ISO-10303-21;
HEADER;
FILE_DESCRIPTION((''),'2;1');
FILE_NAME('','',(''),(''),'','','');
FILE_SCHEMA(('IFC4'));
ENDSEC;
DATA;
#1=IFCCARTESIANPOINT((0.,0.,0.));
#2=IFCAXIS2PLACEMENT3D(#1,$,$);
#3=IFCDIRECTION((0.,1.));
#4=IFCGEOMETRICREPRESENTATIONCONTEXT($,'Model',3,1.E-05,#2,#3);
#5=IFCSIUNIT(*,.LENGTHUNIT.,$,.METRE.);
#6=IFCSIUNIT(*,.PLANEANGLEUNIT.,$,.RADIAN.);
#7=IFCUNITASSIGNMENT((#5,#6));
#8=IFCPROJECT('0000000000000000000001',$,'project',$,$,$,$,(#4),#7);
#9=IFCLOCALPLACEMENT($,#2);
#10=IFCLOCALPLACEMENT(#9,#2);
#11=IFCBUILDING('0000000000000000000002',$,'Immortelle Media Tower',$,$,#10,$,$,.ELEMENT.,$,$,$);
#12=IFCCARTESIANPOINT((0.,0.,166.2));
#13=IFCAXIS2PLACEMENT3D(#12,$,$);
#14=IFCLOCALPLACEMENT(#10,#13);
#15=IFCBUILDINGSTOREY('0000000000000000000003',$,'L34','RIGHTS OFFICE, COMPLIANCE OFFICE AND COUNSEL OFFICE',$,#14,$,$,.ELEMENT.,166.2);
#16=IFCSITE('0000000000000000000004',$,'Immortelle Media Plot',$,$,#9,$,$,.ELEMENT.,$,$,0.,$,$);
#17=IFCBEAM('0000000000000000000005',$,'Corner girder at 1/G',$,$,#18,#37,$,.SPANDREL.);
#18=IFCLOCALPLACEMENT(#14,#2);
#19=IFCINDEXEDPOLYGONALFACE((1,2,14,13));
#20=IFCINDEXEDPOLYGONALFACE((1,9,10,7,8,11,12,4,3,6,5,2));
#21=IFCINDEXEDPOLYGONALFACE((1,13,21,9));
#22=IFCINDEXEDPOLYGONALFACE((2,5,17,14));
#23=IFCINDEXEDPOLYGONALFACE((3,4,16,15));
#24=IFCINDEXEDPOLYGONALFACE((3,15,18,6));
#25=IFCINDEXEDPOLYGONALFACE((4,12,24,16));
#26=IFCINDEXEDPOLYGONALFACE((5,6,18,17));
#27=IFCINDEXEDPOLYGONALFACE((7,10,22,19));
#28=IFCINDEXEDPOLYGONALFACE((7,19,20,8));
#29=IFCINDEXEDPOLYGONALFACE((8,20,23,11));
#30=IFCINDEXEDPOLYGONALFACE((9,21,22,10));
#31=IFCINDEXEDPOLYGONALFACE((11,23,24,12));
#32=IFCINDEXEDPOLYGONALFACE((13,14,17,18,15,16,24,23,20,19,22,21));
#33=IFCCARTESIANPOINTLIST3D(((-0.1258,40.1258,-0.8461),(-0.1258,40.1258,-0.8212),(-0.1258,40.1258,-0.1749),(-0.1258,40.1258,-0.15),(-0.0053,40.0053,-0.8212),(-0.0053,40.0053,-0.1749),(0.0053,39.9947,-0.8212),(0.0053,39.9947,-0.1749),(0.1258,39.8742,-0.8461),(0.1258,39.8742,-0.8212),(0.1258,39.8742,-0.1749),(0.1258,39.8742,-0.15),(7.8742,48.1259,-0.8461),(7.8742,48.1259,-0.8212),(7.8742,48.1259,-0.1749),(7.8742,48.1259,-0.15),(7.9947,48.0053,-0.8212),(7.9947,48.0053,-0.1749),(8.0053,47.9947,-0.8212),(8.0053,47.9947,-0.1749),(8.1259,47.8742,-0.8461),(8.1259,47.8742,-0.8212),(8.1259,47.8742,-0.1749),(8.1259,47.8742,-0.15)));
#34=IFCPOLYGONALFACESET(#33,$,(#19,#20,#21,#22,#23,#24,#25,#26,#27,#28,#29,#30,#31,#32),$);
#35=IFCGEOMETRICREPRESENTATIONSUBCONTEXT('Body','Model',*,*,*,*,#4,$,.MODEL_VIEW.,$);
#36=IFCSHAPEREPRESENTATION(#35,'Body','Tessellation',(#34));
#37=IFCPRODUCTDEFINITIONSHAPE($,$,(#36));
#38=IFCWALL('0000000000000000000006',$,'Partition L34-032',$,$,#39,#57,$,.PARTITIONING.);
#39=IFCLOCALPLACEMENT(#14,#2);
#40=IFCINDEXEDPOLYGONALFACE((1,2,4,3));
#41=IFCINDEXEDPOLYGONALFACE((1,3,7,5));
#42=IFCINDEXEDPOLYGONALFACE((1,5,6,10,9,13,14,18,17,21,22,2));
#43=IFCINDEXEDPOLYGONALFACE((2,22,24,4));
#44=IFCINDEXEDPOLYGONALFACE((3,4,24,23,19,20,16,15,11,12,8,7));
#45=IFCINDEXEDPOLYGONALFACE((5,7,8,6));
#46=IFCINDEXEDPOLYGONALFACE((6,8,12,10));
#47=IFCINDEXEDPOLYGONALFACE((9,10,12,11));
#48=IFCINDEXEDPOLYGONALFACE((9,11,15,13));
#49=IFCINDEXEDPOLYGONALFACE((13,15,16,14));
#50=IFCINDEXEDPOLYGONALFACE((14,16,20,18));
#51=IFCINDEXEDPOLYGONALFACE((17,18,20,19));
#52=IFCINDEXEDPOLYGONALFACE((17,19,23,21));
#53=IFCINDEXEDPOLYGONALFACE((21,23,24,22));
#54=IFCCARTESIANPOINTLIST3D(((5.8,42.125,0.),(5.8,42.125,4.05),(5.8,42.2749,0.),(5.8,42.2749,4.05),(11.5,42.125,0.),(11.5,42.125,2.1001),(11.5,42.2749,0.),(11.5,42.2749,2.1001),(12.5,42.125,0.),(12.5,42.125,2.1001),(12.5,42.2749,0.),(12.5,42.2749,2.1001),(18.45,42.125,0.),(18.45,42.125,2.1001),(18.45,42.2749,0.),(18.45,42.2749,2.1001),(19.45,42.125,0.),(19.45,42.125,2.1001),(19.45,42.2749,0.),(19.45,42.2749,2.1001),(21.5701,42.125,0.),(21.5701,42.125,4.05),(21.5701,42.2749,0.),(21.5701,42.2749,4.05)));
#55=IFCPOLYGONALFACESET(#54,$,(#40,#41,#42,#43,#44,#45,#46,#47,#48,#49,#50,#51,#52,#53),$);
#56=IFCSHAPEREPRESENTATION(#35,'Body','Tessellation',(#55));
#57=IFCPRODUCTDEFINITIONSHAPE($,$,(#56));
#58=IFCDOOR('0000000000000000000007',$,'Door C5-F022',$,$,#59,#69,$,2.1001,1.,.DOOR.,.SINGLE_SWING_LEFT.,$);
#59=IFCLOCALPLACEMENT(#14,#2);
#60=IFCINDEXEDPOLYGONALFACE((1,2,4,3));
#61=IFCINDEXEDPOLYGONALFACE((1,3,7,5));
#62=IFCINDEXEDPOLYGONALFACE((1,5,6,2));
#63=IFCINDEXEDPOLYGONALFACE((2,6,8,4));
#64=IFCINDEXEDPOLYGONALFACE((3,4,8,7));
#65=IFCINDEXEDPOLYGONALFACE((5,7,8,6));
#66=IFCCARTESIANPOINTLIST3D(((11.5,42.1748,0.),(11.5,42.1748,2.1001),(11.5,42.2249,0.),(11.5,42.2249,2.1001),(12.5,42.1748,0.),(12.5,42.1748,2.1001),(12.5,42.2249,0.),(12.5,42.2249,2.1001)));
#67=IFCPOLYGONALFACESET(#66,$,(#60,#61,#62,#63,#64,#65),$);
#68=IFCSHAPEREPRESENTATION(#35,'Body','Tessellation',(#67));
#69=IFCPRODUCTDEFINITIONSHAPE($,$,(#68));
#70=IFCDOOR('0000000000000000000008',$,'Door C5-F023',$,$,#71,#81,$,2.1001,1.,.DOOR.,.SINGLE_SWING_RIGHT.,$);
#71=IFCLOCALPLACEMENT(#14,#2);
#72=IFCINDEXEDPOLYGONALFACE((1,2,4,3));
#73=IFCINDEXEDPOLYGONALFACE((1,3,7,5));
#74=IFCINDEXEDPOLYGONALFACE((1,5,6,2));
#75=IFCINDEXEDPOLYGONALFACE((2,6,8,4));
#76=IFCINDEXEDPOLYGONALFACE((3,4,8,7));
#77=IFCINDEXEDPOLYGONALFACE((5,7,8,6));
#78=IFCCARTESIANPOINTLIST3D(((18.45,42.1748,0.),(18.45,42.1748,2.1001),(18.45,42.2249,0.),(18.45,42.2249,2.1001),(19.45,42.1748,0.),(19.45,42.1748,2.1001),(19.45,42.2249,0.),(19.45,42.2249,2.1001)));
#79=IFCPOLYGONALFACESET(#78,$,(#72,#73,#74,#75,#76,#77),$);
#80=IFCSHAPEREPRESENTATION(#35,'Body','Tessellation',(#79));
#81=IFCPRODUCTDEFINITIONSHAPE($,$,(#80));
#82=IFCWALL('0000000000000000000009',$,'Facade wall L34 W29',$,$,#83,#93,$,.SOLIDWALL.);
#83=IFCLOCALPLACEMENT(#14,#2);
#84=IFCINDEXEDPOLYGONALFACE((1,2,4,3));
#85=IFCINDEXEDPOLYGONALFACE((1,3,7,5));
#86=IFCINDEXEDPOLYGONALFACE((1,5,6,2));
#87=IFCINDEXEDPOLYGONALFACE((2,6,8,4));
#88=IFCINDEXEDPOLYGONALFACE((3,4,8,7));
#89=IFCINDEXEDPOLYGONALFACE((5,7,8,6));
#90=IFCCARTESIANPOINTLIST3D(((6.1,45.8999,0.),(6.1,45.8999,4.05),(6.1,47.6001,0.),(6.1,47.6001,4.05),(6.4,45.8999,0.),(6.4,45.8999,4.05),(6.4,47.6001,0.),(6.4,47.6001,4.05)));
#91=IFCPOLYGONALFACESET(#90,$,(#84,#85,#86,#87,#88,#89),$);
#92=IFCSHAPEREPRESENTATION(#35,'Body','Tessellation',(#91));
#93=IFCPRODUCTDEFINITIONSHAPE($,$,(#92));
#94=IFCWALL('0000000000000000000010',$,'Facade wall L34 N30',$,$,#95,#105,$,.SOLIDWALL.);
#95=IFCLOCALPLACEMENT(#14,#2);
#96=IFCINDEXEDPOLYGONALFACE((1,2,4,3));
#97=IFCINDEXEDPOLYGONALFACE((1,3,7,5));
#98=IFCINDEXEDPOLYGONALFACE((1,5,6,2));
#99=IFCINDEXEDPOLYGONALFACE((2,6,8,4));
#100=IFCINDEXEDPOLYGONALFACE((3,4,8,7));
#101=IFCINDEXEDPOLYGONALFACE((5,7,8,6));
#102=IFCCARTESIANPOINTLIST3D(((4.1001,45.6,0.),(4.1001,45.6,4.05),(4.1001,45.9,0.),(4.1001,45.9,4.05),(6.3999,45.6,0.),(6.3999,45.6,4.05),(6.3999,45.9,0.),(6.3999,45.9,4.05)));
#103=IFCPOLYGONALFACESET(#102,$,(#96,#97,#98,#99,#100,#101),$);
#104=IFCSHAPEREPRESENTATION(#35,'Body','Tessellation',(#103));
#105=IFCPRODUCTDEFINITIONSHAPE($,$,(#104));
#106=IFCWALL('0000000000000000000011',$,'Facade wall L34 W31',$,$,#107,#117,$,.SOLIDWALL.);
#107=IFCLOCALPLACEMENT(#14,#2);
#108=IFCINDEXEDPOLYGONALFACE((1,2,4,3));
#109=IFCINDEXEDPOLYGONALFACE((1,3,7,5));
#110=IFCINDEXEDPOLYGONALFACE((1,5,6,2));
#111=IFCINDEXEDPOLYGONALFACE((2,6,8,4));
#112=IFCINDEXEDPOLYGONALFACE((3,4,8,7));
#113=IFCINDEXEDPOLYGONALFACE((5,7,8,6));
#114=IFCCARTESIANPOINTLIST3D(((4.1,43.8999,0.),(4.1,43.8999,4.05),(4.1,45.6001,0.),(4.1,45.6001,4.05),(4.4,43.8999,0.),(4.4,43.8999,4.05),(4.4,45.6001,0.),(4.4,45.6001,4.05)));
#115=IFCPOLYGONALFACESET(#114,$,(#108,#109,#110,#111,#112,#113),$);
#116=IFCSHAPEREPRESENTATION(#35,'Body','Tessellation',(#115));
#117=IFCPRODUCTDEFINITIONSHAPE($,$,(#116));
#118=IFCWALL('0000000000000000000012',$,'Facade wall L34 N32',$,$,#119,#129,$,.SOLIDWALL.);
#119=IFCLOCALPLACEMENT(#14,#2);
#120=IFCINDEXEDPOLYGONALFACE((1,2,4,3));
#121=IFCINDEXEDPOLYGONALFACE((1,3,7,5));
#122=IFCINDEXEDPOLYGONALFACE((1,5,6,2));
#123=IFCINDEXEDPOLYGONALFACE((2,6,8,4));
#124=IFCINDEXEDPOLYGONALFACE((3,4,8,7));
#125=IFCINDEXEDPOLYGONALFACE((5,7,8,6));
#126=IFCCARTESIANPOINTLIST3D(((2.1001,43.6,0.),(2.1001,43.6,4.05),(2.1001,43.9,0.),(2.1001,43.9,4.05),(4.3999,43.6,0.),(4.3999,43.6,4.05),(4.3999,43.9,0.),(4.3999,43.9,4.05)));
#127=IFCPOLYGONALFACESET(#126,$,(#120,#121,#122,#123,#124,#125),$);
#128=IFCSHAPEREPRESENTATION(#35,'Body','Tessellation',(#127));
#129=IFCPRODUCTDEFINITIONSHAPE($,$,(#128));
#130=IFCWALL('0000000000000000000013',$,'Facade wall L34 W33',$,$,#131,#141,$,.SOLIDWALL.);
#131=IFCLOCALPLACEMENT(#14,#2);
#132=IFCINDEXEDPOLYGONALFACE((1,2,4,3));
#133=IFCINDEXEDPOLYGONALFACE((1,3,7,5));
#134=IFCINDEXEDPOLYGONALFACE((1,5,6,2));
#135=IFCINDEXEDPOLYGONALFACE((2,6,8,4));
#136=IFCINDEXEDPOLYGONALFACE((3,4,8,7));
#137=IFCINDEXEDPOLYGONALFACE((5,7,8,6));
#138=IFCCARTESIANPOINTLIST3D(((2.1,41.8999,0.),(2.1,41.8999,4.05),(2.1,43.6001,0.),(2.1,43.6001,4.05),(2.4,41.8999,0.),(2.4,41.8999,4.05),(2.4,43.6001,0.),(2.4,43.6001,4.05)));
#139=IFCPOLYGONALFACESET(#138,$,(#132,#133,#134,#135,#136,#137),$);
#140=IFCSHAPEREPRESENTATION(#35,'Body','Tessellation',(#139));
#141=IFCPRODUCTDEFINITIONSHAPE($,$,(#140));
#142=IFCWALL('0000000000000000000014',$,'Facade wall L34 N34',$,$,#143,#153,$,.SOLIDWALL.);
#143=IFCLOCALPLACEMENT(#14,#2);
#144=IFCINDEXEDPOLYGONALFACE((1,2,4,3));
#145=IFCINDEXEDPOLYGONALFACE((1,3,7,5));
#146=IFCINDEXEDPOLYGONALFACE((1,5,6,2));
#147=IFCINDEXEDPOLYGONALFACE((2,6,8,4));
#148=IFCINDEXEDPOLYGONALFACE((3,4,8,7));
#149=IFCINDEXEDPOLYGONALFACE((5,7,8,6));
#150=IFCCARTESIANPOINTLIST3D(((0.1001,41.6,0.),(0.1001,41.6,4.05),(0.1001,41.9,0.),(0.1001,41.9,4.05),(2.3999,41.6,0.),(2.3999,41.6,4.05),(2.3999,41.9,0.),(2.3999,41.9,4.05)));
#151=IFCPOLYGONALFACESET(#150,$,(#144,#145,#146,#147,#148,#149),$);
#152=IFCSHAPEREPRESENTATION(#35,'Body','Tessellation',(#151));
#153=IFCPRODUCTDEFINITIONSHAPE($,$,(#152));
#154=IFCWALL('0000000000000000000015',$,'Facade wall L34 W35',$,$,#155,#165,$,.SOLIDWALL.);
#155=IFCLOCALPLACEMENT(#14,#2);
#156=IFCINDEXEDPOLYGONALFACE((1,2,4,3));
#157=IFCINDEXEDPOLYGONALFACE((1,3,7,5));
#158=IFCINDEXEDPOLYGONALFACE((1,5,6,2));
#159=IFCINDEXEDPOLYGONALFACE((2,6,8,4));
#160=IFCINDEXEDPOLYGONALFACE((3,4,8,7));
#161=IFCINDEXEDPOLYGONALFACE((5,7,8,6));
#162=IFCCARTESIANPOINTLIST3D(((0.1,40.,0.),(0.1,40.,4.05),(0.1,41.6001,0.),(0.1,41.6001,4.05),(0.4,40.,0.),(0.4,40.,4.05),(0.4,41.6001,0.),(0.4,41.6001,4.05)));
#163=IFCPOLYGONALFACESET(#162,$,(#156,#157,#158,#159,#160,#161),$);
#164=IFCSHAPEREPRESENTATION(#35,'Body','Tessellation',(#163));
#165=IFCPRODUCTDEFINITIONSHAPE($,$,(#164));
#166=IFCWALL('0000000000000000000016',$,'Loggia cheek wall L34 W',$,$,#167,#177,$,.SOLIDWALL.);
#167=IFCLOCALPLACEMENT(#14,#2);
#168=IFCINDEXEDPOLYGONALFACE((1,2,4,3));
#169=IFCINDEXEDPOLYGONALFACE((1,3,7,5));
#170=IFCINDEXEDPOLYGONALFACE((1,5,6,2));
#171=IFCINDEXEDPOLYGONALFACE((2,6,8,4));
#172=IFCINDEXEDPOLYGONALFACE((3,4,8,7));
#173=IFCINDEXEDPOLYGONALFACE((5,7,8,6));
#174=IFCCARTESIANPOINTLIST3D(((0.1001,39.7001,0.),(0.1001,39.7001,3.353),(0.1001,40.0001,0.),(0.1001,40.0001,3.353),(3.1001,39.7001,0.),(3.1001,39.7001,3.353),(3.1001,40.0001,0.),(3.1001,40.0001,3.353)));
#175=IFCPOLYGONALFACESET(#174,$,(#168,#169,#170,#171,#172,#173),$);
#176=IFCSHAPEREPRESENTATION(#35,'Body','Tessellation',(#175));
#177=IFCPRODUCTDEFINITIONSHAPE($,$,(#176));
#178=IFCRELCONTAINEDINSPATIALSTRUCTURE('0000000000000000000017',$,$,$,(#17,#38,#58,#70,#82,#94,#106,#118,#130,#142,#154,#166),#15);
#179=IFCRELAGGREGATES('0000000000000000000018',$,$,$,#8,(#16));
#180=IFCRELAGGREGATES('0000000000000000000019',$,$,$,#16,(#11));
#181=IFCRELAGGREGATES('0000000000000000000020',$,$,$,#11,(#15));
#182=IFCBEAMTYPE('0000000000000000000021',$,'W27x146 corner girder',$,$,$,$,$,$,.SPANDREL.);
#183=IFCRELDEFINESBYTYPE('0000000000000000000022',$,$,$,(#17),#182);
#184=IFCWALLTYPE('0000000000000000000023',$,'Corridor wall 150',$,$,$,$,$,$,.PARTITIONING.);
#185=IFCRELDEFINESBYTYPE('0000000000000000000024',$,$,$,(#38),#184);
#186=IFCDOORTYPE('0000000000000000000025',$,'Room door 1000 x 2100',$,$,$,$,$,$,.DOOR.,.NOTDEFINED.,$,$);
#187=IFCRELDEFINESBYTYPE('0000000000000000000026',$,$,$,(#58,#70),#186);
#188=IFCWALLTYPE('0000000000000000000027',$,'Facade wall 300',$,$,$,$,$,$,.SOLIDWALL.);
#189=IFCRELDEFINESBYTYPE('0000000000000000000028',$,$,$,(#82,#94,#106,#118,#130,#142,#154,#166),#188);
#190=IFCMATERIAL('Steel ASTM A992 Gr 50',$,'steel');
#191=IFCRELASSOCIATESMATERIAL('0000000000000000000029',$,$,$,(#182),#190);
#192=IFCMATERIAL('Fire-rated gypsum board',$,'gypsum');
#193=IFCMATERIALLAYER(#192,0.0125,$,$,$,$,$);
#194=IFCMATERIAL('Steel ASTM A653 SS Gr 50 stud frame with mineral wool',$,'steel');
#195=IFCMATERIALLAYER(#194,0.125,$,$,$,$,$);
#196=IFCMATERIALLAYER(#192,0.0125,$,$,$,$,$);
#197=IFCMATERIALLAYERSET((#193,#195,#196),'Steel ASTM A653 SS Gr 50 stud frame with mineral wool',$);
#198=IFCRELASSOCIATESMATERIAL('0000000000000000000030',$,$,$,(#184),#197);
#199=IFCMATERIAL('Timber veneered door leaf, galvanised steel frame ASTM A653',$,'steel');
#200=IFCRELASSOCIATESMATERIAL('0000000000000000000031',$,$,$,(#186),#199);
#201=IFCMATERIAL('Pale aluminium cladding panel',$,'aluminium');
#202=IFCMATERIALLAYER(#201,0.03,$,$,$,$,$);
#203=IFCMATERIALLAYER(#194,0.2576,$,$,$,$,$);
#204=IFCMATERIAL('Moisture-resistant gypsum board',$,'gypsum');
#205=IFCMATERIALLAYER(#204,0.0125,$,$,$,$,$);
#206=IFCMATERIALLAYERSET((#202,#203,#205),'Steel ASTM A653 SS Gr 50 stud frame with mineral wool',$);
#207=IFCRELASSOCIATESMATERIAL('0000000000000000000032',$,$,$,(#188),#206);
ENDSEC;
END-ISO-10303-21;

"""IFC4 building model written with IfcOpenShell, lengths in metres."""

from ifc_helpers import new_model, si_unit, direction, frame, frame_2d, origin, origin_2d, place, context, subcontext, project, spatial, rectangle, i_section, extrude, material, layer, layer_set, material_profile, profile_set, type_object, element, fill, save


model = new_model("IFC4")

# Units and contexts
model_context = context("Model", 3, precision=1e-05, world=origin(), true_north=direction((0.0, 1.0)))
body_context = subcontext(model_context, "Body", "Model", "MODEL_VIEW")
ifc_project = project(units=[si_unit("LENGTHUNIT", "METRE"), si_unit("PLANEANGLEUNIT", "RADIAN")], contexts=[model_context])

# Site, building, storey
site_placement = place(None, origin())
site = spatial("IfcSite", under=ifc_project, at=site_placement, Name="Immortelle Media Plot", CompositionType="ELEMENT", RefElevation=0.0)
building_placement = place(site_placement, origin())
building = spatial("IfcBuilding", under=site, at=building_placement, Name="Immortelle Media Tower", CompositionType="ELEMENT")
storey_placement = place(building_placement, frame((0.0, 0.0, 166.2)))
storey = spatial("IfcBuildingStorey", under=building, at=storey_placement, Name="L34", Description="RIGHTS OFFICE, COMPLIANCE OFFICE AND COUNSEL OFFICE", CompositionType="ELEMENT", Elevation=166.2)

# Shared definitions
ifc_material_1 = material(Name="Steel ASTM A992 Gr 50", Category="steel")

# Beam
ifc_material_profile_1 = material_profile(ifc_material_1, i_section(OverallWidth=0.356, OverallDepth=0.696, WebThickness=0.0149, FlangeThickness=0.0249, at=origin_2d()), Name="W27x146")
ifc_profile_set_1 = profile_set([ifc_material_profile_1], Name="Steel ASTM A992 Gr 50")
beam_type_1 = type_object("IfcBeamType", Name="W27x146 corner girder", PredefinedType="SPANDREL", material=ifc_profile_set_1)
beam_1_placement = place(storey_placement, frame((0.0, 40.0, -0.498), z_axis=(0.707107, 0.707107, 0.0), x_axis=(-0.707107, 0.707107, 0.0)))
element("IfcBeam", 1, at=beam_1_placement, inside=storey, type_object=beam_type_1, Name="Corner girder at 1/G", PredefinedType="SPANDREL", context=body_context, shape_type="SweptSolid", body=[
    extrude(i_section(OverallWidth=0.356, OverallDepth=0.696, WebThickness=0.0149, FlangeThickness=0.0249, at=origin_2d()), origin(), (0.0, 0.0, 1.0), 11.3137),
])

# Wall, openings, doors
ifc_material_2 = material(Name="Fire-rated gypsum board", Category="gypsum")
ifc_layer_1 = layer(ifc_material_2, 0.0125)
ifc_material_3 = material(Name="Steel ASTM A653 SS Gr 50 stud frame with mineral wool", Category="steel")
ifc_layer_2 = layer(ifc_material_3, 0.125)
ifc_layer_3 = layer(ifc_material_2, 0.0125)
ifc_layer_set_1 = layer_set([ifc_layer_1, ifc_layer_2, ifc_layer_3], Name="Steel ASTM A653 SS Gr 50 stud frame with mineral wool")
wall_type_1 = type_object("IfcWallType", Name="Corridor wall 150", PredefinedType="PARTITIONING", material=ifc_layer_set_1)
wall_1_placement = place(storey_placement, frame((5.8, 42.2, 0.0), z_axis=(0.0, 0.0, 1.0), x_axis=(1.0, 0.0, 0.0)))
wall_1 = element("IfcWall", 2, at=wall_1_placement, inside=storey, type_object=wall_type_1, Name="Partition L34-032", PredefinedType="PARTITIONING", context=body_context, shape_type="SweptSolid", body=[
    extrude(rectangle(XDim=15.77, YDim=0.1499, at=frame_2d((7.885, 0.0))), origin(), (0.0, 0.0, 1.0), 4.05),
])
opening_1_placement = place(wall_1_placement, frame((5.7, 0.0, 0.0)))
opening_1 = element("IfcOpeningElement", 3, at=opening_1_placement, cuts=wall_1, PredefinedType="OPENING", context=body_context, shape_type="SweptSolid", body=[
    extrude(rectangle(XDim=1.0, YDim=2.1001, at=frame_2d((0.5, 1.05))), frame((0.0, 0.085, 0.0), z_axis=(0.0, -1.0, 0.0), x_axis=(1.0, 0.0, 0.0)), (0.0, 0.0, 1.0), 0.1699),
])
opening_2_placement = place(wall_1_placement, frame((12.6499, 0.0, 0.0)))
opening_2 = element("IfcOpeningElement", 4, at=opening_2_placement, cuts=wall_1, PredefinedType="OPENING", context=body_context, shape_type="SweptSolid", body=[
    extrude(rectangle(XDim=1.0, YDim=2.1001, at=frame_2d((0.5, 1.05))), frame((0.0, 0.085, 0.0), z_axis=(0.0, -1.0, 0.0), x_axis=(1.0, 0.0, 0.0)), (0.0, 0.0, 1.0), 0.1699),
])
ifc_material_4 = material(Name="Timber veneered door leaf, galvanised steel frame ASTM A653", Category="steel")
door_type_1 = type_object("IfcDoorType", Name="Room door 1000 x 2100", OperationType="NOTDEFINED", PredefinedType="DOOR", material=ifc_material_4)
door_1_placement = place(opening_1_placement, origin())
door_1 = element("IfcDoor", 5, at=door_1_placement, inside=storey, type_object=door_type_1, Name="Door C5-F022", OperationType="SINGLE_SWING_LEFT", OverallHeight=2.1001, OverallWidth=1.0, PredefinedType="DOOR", context=body_context, shape_type="SweptSolid", body=[
    extrude(rectangle(XDim=1.0, YDim=2.1001, at=frame_2d((0.5, 1.05))), frame((0.0, 0.0249, 0.0), z_axis=(0.0, -1.0, 0.0), x_axis=(1.0, 0.0, 0.0)), (0.0, 0.0, 1.0), 0.05),
])
fill(opening_1, door_1)
door_2_placement = place(opening_2_placement, origin())
door_2 = element("IfcDoor", 6, at=door_2_placement, inside=storey, type_object=door_type_1, Name="Door C5-F023", OperationType="SINGLE_SWING_RIGHT", OverallHeight=2.1001, OverallWidth=1.0, PredefinedType="DOOR", context=body_context, shape_type="SweptSolid", body=[
    extrude(rectangle(XDim=1.0, YDim=2.1001, at=frame_2d((0.5, 1.05))), frame((0.0, 0.0249, 0.0), z_axis=(0.0, -1.0, 0.0), x_axis=(1.0, 0.0, 0.0)), (0.0, 0.0, 1.0), 0.05),
])
fill(opening_2, door_2)

# Walls
ifc_material_5 = material(Name="Pale aluminium cladding panel", Category="aluminium")
ifc_layer_4 = layer(ifc_material_5, 0.03)
ifc_layer_5 = layer(ifc_material_3, 0.2576)
ifc_material_6 = material(Name="Moisture-resistant gypsum board", Category="gypsum")
ifc_layer_6 = layer(ifc_material_6, 0.0125)
ifc_layer_set_2 = layer_set([ifc_layer_4, ifc_layer_5, ifc_layer_6], Name="Steel ASTM A653 SS Gr 50 stud frame with mineral wool")
wall_type_2 = type_object("IfcWallType", Name="Facade wall 300", PredefinedType="SOLIDWALL", material=ifc_layer_set_2)
wall_2_placement = place(storey_placement, frame((6.25, 47.6001, 0.0), z_axis=(0.0, 0.0, 1.0), x_axis=(0.0, -1.0, 0.0)))
element("IfcWall", 7, at=wall_2_placement, inside=storey, type_object=wall_type_2, Name="Facade wall L34 W29", PredefinedType="SOLIDWALL", context=body_context, shape_type="SweptSolid", body=[
    extrude(rectangle(XDim=1.7002, YDim=0.3, at=frame_2d((0.8501, 0.0))), origin(), (0.0, 0.0, 1.0), 4.05),
])
wall_3_placement = place(storey_placement, frame((6.3999, 45.75, 0.0), z_axis=(0.0, 0.0, 1.0), x_axis=(-1.0, 0.0, 0.0)))
element("IfcWall", 8, at=wall_3_placement, inside=storey, type_object=wall_type_2, Name="Facade wall L34 N30", PredefinedType="SOLIDWALL", context=body_context, shape_type="SweptSolid", body=[
    extrude(rectangle(XDim=2.2998, YDim=0.3, at=frame_2d((1.1499, 0.0))), origin(), (0.0, 0.0, 1.0), 4.05),
])
wall_4_placement = place(storey_placement, frame((4.25, 45.6001, 0.0), z_axis=(0.0, 0.0, 1.0), x_axis=(0.0, -1.0, 0.0)))
element("IfcWall", 9, at=wall_4_placement, inside=storey, type_object=wall_type_2, Name="Facade wall L34 W31", PredefinedType="SOLIDWALL", context=body_context, shape_type="SweptSolid", body=[
    extrude(rectangle(XDim=1.7002, YDim=0.3, at=frame_2d((0.8501, 0.0))), origin(), (0.0, 0.0, 1.0), 4.05),
])
wall_5_placement = place(storey_placement, frame((4.3999, 43.75, 0.0), z_axis=(0.0, 0.0, 1.0), x_axis=(-1.0, 0.0, 0.0)))
element("IfcWall", 10, at=wall_5_placement, inside=storey, type_object=wall_type_2, Name="Facade wall L34 N32", PredefinedType="SOLIDWALL", context=body_context, shape_type="SweptSolid", body=[
    extrude(rectangle(XDim=2.2998, YDim=0.3, at=frame_2d((1.1499, 0.0))), origin(), (0.0, 0.0, 1.0), 4.05),
])
wall_6_placement = place(storey_placement, frame((2.25, 43.6001, 0.0), z_axis=(0.0, 0.0, 1.0), x_axis=(0.0, -1.0, 0.0)))
element("IfcWall", 11, at=wall_6_placement, inside=storey, type_object=wall_type_2, Name="Facade wall L34 W33", PredefinedType="SOLIDWALL", context=body_context, shape_type="SweptSolid", body=[
    extrude(rectangle(XDim=1.7002, YDim=0.3, at=frame_2d((0.8501, 0.0))), origin(), (0.0, 0.0, 1.0), 4.05),
])
wall_7_placement = place(storey_placement, frame((2.3999, 41.75, 0.0), z_axis=(0.0, 0.0, 1.0), x_axis=(-1.0, 0.0, 0.0)))
element("IfcWall", 12, at=wall_7_placement, inside=storey, type_object=wall_type_2, Name="Facade wall L34 N34", PredefinedType="SOLIDWALL", context=body_context, shape_type="SweptSolid", body=[
    extrude(rectangle(XDim=2.2998, YDim=0.3, at=frame_2d((1.1499, 0.0))), origin(), (0.0, 0.0, 1.0), 4.05),
])
wall_8_placement = place(storey_placement, frame((0.25, 41.6001, 0.0), z_axis=(0.0, 0.0, 1.0), x_axis=(0.0, -1.0, 0.0)))
element("IfcWall", 13, at=wall_8_placement, inside=storey, type_object=wall_type_2, Name="Facade wall L34 W35", PredefinedType="SOLIDWALL", context=body_context, shape_type="SweptSolid", body=[
    extrude(rectangle(XDim=1.6001, YDim=0.3, at=frame_2d((0.8, 0.0))), origin(), (0.0, 0.0, 1.0), 4.05),
])

# Wall
wall_9_placement = place(storey_placement, frame((0.1001, 39.8501, 0.0), z_axis=(0.0, 0.0, 1.0), x_axis=(1.0, 0.0, 0.0)))
element("IfcWall", 14, at=wall_9_placement, inside=storey, type_object=wall_type_2, Name="Loggia cheek wall L34 W", PredefinedType="SOLIDWALL", context=body_context, shape_type="SweptSolid", body=[
    extrude(rectangle(XDim=3.0, YDim=0.3, at=frame_2d((1.5, 0.0))), origin(), (0.0, 0.0, 1.0), 3.353),
])

save(model, "model.ifc")
